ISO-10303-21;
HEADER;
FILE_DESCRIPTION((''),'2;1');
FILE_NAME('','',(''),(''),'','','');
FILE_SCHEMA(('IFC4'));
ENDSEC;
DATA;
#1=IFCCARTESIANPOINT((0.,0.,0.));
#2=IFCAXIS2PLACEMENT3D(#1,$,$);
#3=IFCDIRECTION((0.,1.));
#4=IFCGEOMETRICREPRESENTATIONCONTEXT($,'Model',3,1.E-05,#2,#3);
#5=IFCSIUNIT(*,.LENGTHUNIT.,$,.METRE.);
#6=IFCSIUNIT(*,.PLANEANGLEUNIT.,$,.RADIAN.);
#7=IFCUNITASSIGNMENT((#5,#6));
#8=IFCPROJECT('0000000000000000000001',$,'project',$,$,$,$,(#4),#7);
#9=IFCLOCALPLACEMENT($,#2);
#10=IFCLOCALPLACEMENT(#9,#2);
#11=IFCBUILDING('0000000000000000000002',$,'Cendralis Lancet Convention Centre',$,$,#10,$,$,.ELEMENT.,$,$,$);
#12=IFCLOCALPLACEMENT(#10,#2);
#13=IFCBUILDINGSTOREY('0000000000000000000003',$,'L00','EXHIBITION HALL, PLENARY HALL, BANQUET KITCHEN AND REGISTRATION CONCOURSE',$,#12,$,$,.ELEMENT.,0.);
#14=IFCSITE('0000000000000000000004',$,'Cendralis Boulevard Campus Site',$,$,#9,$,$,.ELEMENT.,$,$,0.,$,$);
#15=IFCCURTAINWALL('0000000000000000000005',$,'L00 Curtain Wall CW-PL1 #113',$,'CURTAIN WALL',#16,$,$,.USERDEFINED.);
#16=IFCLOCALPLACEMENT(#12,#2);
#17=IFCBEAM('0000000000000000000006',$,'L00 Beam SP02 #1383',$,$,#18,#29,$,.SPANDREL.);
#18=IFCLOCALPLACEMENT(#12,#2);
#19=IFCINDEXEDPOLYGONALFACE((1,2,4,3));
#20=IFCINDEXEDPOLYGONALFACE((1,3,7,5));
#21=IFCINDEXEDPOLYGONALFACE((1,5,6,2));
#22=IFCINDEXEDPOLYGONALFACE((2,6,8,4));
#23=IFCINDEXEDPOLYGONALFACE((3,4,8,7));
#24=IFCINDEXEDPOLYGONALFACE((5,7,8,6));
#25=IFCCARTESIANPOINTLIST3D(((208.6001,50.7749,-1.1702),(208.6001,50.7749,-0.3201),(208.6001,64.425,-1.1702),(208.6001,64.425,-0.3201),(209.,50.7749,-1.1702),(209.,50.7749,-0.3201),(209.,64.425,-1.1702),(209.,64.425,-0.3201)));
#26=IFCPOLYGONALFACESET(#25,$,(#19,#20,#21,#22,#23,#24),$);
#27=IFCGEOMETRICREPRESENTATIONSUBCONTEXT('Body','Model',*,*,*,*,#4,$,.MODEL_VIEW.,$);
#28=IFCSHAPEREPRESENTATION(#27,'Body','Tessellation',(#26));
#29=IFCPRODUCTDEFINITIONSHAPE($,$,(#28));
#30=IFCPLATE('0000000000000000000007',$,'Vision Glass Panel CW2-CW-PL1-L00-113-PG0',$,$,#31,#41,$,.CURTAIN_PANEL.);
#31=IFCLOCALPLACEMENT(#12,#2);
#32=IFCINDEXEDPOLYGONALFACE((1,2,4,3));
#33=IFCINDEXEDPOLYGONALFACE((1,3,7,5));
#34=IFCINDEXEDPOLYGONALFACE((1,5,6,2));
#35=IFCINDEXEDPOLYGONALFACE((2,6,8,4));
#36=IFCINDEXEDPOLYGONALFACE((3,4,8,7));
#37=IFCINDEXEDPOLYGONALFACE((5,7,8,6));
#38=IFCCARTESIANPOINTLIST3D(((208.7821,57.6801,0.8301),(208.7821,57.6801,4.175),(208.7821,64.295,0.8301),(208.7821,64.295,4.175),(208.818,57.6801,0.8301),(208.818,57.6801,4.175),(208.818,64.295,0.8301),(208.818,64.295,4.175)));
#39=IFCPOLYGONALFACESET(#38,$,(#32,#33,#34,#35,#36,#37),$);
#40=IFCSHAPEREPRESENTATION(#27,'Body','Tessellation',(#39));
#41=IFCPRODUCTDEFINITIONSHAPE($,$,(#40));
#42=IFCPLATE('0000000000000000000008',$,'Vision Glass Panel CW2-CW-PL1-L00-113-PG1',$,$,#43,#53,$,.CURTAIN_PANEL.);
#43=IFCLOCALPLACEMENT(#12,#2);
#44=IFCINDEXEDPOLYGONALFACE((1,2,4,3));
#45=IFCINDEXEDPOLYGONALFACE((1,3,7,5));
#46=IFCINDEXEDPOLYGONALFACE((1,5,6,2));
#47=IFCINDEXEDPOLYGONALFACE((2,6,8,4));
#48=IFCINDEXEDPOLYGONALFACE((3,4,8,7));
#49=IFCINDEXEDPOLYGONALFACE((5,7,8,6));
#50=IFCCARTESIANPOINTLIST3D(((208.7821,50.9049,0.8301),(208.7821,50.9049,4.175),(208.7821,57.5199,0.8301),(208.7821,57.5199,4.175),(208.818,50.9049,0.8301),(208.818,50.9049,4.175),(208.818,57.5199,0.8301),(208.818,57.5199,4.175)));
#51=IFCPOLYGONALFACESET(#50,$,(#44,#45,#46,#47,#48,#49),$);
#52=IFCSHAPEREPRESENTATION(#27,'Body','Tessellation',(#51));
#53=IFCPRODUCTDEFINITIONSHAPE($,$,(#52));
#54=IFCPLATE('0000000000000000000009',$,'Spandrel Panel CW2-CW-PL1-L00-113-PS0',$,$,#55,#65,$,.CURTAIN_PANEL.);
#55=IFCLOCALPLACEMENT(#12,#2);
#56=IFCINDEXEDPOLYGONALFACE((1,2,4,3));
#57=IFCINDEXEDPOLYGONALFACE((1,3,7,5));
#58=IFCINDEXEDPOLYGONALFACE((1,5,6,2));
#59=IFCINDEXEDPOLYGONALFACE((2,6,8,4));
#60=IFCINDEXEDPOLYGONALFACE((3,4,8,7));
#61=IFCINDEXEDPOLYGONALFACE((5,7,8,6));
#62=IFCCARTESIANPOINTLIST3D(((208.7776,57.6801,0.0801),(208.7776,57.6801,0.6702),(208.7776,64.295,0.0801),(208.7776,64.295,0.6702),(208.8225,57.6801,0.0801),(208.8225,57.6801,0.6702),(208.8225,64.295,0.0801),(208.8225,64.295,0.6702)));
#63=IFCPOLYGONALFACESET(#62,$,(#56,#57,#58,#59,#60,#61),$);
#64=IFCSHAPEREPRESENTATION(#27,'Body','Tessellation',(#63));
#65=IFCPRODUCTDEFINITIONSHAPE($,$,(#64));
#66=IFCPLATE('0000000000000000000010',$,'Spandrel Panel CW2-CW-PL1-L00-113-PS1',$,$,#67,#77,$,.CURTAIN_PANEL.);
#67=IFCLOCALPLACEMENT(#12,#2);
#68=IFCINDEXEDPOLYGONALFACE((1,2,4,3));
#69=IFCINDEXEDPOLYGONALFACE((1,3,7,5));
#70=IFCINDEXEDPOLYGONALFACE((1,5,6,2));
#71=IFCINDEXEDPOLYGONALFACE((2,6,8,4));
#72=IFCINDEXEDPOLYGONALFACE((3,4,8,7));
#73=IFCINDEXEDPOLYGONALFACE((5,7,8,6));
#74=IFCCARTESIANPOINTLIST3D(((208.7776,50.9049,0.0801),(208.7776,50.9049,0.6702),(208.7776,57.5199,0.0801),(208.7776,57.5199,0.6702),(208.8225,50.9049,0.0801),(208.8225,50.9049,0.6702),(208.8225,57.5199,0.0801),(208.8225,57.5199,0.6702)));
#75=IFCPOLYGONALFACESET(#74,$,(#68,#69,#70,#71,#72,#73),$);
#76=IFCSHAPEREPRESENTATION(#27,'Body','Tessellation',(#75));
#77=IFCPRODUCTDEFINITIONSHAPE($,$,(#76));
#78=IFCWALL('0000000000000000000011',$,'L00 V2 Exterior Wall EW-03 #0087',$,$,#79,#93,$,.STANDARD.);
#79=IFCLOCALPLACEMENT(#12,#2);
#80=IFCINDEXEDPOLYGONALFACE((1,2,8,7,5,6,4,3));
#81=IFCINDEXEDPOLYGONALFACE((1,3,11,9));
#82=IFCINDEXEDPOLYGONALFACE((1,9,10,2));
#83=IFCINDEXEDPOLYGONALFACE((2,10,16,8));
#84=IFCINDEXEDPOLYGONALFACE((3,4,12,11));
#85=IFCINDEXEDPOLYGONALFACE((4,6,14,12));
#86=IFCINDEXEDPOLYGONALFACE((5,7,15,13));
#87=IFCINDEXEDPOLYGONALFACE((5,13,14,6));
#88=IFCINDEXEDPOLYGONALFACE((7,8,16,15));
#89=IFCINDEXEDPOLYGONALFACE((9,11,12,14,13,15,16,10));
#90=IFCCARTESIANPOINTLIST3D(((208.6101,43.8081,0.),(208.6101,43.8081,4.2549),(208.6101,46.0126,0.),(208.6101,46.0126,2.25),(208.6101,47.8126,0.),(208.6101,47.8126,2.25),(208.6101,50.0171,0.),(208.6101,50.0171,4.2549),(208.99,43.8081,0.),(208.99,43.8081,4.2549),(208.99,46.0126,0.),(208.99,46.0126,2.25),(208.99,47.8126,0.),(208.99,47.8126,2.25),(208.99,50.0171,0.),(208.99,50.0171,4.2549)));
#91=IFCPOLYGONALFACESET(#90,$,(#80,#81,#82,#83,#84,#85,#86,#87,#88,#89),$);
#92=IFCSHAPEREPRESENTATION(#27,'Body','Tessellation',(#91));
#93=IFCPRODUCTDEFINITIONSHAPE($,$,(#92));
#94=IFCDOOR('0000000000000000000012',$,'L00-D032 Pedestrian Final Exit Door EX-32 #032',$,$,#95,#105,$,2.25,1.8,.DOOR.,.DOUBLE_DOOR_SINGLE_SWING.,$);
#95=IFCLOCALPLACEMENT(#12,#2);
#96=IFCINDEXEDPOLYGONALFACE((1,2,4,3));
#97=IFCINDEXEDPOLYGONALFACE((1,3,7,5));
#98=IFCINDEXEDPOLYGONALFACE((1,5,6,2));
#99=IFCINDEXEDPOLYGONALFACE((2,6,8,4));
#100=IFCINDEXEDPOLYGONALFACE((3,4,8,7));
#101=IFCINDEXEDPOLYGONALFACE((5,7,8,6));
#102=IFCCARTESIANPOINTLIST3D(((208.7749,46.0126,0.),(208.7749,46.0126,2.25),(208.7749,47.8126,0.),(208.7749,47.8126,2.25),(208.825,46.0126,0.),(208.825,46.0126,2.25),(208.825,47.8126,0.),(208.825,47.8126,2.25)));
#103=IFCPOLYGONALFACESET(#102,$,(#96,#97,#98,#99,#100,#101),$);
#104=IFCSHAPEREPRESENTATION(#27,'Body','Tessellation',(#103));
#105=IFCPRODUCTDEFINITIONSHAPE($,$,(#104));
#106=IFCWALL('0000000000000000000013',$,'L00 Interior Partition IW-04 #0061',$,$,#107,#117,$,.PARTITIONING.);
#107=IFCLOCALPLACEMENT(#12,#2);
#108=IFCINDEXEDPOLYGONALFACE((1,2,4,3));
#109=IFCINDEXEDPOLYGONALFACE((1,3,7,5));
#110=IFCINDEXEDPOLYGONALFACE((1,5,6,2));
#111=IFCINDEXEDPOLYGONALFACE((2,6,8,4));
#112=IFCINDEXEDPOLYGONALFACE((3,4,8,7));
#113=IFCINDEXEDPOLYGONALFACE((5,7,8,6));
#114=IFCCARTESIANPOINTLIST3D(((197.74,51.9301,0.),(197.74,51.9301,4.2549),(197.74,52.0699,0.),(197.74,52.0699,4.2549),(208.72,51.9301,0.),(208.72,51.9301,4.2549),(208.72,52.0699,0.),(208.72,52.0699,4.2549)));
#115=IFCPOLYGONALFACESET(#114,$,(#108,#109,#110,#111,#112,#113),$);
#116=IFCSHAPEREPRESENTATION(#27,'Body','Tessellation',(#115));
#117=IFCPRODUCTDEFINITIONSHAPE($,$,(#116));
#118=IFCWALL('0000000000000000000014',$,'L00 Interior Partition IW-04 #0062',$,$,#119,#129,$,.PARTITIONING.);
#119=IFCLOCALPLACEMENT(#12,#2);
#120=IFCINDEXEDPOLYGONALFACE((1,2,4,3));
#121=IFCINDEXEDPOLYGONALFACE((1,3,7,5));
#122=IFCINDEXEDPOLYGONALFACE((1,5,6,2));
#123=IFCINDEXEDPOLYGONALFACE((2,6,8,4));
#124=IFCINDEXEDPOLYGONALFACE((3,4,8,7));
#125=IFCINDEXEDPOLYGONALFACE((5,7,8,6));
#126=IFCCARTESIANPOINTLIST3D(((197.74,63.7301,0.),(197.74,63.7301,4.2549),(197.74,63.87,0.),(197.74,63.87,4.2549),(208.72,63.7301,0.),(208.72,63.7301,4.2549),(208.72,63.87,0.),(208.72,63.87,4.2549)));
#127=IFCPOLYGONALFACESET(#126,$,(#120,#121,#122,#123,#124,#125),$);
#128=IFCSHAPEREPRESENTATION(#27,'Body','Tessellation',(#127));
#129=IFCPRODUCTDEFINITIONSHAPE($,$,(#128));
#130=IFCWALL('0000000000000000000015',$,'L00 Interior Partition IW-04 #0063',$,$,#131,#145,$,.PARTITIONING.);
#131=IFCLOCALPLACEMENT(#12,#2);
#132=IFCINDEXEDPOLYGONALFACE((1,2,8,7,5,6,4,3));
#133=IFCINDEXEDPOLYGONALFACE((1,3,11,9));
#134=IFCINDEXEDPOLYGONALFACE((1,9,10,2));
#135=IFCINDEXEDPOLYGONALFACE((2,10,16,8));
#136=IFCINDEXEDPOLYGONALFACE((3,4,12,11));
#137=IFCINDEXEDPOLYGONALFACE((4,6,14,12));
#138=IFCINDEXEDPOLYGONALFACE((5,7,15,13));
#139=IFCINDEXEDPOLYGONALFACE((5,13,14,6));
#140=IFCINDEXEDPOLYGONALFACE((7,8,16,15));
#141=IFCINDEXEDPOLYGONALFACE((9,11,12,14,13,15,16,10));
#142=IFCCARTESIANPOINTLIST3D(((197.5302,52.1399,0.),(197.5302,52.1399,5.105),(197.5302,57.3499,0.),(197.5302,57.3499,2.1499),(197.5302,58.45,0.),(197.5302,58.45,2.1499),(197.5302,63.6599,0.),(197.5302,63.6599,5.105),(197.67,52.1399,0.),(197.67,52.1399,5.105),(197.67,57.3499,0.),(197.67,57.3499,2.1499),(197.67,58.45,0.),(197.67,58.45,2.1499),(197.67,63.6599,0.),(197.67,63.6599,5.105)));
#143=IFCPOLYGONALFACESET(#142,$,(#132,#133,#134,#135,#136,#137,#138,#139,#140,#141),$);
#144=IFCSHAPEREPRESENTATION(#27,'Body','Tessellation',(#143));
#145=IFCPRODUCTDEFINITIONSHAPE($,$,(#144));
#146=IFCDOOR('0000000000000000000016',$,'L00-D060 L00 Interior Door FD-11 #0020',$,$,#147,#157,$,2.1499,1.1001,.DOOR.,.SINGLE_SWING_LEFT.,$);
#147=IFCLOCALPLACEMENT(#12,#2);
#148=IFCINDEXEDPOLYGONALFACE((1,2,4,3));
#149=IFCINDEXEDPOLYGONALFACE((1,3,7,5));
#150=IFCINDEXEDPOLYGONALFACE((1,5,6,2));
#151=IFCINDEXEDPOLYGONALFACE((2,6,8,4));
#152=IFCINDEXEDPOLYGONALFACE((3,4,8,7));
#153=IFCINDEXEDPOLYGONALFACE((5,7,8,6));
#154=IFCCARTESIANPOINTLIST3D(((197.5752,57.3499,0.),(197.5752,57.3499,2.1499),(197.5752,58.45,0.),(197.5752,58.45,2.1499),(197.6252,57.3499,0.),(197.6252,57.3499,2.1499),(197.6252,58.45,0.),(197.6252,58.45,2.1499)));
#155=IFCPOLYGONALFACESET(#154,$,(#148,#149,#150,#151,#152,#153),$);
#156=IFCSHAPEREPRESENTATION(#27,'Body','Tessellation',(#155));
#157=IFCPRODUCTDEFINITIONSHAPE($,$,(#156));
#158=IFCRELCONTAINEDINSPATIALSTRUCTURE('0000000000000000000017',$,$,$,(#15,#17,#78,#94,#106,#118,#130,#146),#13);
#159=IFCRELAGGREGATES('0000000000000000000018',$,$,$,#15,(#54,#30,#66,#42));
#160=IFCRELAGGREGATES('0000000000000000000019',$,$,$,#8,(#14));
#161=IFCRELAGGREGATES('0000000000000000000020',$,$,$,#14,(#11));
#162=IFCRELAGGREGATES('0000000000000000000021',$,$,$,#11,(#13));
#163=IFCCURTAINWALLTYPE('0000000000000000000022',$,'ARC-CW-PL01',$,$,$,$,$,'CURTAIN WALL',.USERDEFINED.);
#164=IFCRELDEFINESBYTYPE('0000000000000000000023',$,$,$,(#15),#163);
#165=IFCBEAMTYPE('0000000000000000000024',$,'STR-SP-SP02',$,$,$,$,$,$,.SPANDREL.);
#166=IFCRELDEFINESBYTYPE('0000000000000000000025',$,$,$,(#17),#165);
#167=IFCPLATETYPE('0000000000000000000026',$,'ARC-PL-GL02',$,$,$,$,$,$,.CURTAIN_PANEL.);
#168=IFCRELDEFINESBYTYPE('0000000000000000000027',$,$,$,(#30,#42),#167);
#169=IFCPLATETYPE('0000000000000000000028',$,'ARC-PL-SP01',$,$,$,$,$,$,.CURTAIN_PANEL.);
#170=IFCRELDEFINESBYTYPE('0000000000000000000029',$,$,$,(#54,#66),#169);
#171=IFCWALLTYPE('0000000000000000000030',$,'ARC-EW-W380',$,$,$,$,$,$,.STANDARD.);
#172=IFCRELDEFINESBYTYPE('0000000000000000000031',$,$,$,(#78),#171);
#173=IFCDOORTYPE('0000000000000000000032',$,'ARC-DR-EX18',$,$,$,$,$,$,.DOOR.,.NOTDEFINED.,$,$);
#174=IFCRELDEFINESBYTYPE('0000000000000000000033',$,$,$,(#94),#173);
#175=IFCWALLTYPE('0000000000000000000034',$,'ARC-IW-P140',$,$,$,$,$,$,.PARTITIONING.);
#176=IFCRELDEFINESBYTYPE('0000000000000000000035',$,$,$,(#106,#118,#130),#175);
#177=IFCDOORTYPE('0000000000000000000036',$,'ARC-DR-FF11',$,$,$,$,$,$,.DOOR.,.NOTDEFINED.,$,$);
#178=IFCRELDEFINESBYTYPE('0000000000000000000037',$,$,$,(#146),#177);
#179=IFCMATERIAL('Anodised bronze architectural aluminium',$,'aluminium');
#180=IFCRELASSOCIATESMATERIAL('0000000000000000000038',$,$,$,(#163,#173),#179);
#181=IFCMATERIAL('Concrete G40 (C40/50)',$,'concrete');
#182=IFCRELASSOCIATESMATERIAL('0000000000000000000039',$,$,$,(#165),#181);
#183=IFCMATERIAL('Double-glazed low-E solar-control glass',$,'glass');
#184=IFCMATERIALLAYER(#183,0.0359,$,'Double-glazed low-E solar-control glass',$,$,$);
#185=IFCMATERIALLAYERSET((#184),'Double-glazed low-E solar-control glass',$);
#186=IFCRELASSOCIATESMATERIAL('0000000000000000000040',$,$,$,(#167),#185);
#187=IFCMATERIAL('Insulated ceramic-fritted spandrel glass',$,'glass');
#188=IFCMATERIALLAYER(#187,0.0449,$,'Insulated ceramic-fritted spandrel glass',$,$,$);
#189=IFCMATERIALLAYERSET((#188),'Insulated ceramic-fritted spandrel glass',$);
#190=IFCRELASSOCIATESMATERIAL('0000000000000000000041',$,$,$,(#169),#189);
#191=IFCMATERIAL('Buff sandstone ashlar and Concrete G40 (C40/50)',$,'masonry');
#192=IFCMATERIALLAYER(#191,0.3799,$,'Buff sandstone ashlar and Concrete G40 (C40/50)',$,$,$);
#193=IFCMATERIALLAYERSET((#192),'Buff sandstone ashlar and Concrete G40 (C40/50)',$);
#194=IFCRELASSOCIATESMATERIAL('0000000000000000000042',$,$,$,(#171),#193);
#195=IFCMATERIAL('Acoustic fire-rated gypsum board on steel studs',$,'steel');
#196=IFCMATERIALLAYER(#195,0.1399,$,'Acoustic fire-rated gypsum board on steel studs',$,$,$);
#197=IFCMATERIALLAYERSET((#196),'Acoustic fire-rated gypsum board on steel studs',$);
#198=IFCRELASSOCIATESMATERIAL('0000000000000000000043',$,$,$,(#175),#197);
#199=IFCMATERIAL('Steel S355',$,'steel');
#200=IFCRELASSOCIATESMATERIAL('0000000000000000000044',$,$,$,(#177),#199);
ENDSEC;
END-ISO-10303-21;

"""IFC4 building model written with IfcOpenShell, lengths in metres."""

from ifc_helpers import new_model, si_unit, direction, frame, frame_2d, origin, origin_2d, place, context, subcontext, project, spatial, rectangle, extrude, material, layer, layer_set, material_profile, profile_set, type_object, element, fill, aggregate, save


model = new_model("IFC4")

# Units and contexts
model_context = context("Model", 3, precision=1e-05, world=origin(), true_north=direction((0.0, 1.0)))
body_context = subcontext(model_context, "Body", "Model", "MODEL_VIEW")
ifc_project = project(units=[si_unit("LENGTHUNIT", "METRE"), si_unit("PLANEANGLEUNIT", "RADIAN")], contexts=[model_context])

# Site, building, storey
site_placement = place(None, origin())
site = spatial("IfcSite", under=ifc_project, at=site_placement, Name="Cendralis Boulevard Campus Site", CompositionType="ELEMENT", RefElevation=0.0)
building_placement = place(site_placement, origin())
building = spatial("IfcBuilding", under=site, at=building_placement, Name="Cendralis Lancet Convention Centre", CompositionType="ELEMENT")
storey_placement = place(building_placement, origin())
storey = spatial("IfcBuildingStorey", under=building, at=storey_placement, Name="L00", Description="EXHIBITION HALL, PLENARY HALL, BANQUET KITCHEN AND REGISTRATION CONCOURSE", CompositionType="ELEMENT", Elevation=0.0)

# Shared definitions
ifc_material_1 = material(Name="Concrete G40 (C40/50)", Category="concrete")

# Curtain wall
ifc_material_2 = material(Name="Anodised bronze architectural aluminium", Category="aluminium")
curtain_wall_type = type_object("IfcCurtainWallType", Name="ARC-CW-PL01", ElementType="CURTAIN WALL", PredefinedType="USERDEFINED", material=ifc_material_2)
curtain_wall_placement = place(storey_placement, origin())
curtain_wall = element("IfcCurtainWall", 1, at=curtain_wall_placement, inside=storey, type_object=curtain_wall_type, Name="L00 Curtain Wall CW-PL1 #113", ObjectType="CURTAIN WALL", PredefinedType="USERDEFINED")

# Beam
ifc_material_3 = material(Name="Steel S355", Category="steel")
ifc_material_profile_1 = material_profile(ifc_material_1, rectangle(XDim=0.3999, YDim=0.8501, at=origin_2d()), Name="RCB 400x850")
ifc_profile_set_1 = profile_set([ifc_material_profile_1], Name="Concrete G40 (C40/50)")
beam_type_1 = type_object("IfcBeamType", Name="STR-SP-SP02", PredefinedType="SPANDREL", material=ifc_profile_set_1)
beam_1_placement = place(storey_placement, frame((208.8, 50.7749, -0.7451), z_axis=(0.0, 1.0, 0.0), x_axis=(-1.0, 0.0, 0.0)))
element("IfcBeam", 2, at=beam_1_placement, inside=storey, type_object=beam_type_1, Name="L00 Beam SP02 #1383", PredefinedType="SPANDREL", context=body_context, shape_type="SweptSolid", body=[
    extrude(rectangle(XDim=0.3999, YDim=0.8501, at=origin_2d()), origin(), (0.0, 0.0, 1.0), 13.6501),
])

# Plates
ifc_material_4 = material(Name="Double-glazed low-E solar-control glass", Category="glass")
ifc_layer_1 = layer(ifc_material_4, 0.0359, Name="Double-glazed low-E solar-control glass")
ifc_layer_set_1 = layer_set([ifc_layer_1], Name="Double-glazed low-E solar-control glass")
plate_type_1 = type_object("IfcPlateType", Name="ARC-PL-GL02", PredefinedType="CURTAIN_PANEL", material=ifc_layer_set_1)
plate_1_placement = place(storey_placement, frame((208.8, 60.9875, 0.8301), z_axis=(0.0, 0.0, 1.0), x_axis=(0.0, -1.0, 0.0)))
plate_1 = element("IfcPlate", 3, at=plate_1_placement, type_object=plate_type_1, Name="Vision Glass Panel CW2-CW-PL1-L00-113-PG0", PredefinedType="CURTAIN_PANEL", context=body_context, shape_type="SweptSolid", body=[
    extrude(rectangle(XDim=6.615, YDim=0.0359, at=origin_2d()), origin(), (0.0, 0.0, 1.0), 3.345),
])
plate_2_placement = place(storey_placement, frame((208.8, 54.2124, 0.8301), z_axis=(0.0, 0.0, 1.0), x_axis=(0.0, -1.0, 0.0)))
plate_2 = element("IfcPlate", 4, at=plate_2_placement, type_object=plate_type_1, Name="Vision Glass Panel CW2-CW-PL1-L00-113-PG1", PredefinedType="CURTAIN_PANEL", context=body_context, shape_type="SweptSolid", body=[
    extrude(rectangle(XDim=6.615, YDim=0.0359, at=origin_2d()), origin(), (0.0, 0.0, 1.0), 3.345),
])
ifc_material_5 = material(Name="Insulated ceramic-fritted spandrel glass", Category="glass")
ifc_layer_2 = layer(ifc_material_5, 0.0449, Name="Insulated ceramic-fritted spandrel glass")
ifc_layer_set_2 = layer_set([ifc_layer_2], Name="Insulated ceramic-fritted spandrel glass")
plate_type_2 = type_object("IfcPlateType", Name="ARC-PL-SP01", PredefinedType="CURTAIN_PANEL", material=ifc_layer_set_2)
plate_3_placement = place(storey_placement, frame((208.8, 60.9875, 0.0801), z_axis=(0.0, 0.0, 1.0), x_axis=(0.0, -1.0, 0.0)))
plate_3 = element("IfcPlate", 5, at=plate_3_placement, type_object=plate_type_2, Name="Spandrel Panel CW2-CW-PL1-L00-113-PS0", PredefinedType="CURTAIN_PANEL", context=body_context, shape_type="SweptSolid", body=[
    extrude(rectangle(XDim=6.615, YDim=0.0449, at=origin_2d()), origin(), (0.0, 0.0, 1.0), 0.5901),
])
plate_4_placement = place(storey_placement, frame((208.8, 54.2124, 0.0801), z_axis=(0.0, 0.0, 1.0), x_axis=(0.0, -1.0, 0.0)))
plate_4 = element("IfcPlate", 6, at=plate_4_placement, type_object=plate_type_2, Name="Spandrel Panel CW2-CW-PL1-L00-113-PS1", PredefinedType="CURTAIN_PANEL", context=body_context, shape_type="SweptSolid", body=[
    extrude(rectangle(XDim=6.615, YDim=0.0449, at=origin_2d()), origin(), (0.0, 0.0, 1.0), 0.5901),
])
aggregate(curtain_wall, [plate_3, plate_1, plate_4, plate_2])

# Wall, opening, door
ifc_material_6 = material(Name="Buff sandstone ashlar and Concrete G40 (C40/50)", Category="masonry")
ifc_layer_3 = layer(ifc_material_6, 0.3799, Name="Buff sandstone ashlar and Concrete G40 (C40/50)")
ifc_layer_set_3 = layer_set([ifc_layer_3], Name="Buff sandstone ashlar and Concrete G40 (C40/50)")
wall_type_1 = type_object("IfcWallType", Name="ARC-EW-W380", PredefinedType="STANDARD", material=ifc_layer_set_3)
wall_1_placement = place(storey_placement, frame((208.8, 50.0171, 0.0), z_axis=(0.0, 0.0, 1.0), x_axis=(0.0, -1.0, 0.0)))
wall_1 = element("IfcWall", 7, at=wall_1_placement, inside=storey, type_object=wall_type_1, Name="L00 V2 Exterior Wall EW-03 #0087", PredefinedType="STANDARD", context=body_context, shape_type="SweptSolid", body=[
    extrude(rectangle(XDim=6.209, YDim=0.3799, at=frame_2d((3.1045, 0.0))), origin(), (0.0, 0.0, 1.0), 4.2549),
])
opening_1_placement = place(wall_1_placement, frame((2.2046, 0.0, 0.0)))
opening_1 = element("IfcOpeningElement", 8, at=opening_1_placement, cuts=wall_1, PredefinedType="OPENING", context=body_context, shape_type="SweptSolid", body=[
    extrude(rectangle(XDim=1.8, YDim=2.25, at=frame_2d((0.8999, 1.125))), frame((0.0, 0.2, 0.0), z_axis=(0.0, -1.0, 0.0), x_axis=(1.0, 0.0, 0.0)), (0.0, 0.0, 1.0), 0.3999),
])
door_type_1 = type_object("IfcDoorType", Name="ARC-DR-EX18", OperationType="NOTDEFINED", PredefinedType="DOOR", material=ifc_material_2)
door_1_placement = place(opening_1_placement, origin())
door_1 = element("IfcDoor", 9, at=door_1_placement, inside=storey, type_object=door_type_1, Name="L00-D032 Pedestrian Final Exit Door EX-32 #032", OperationType="DOUBLE_DOOR_SINGLE_SWING", OverallHeight=2.25, OverallWidth=1.8, PredefinedType="DOOR", context=body_context, shape_type="SweptSolid", body=[
    extrude(rectangle(XDim=1.8, YDim=2.25, at=frame_2d((0.8999, 1.125))), frame((0.0, 0.0249, 0.0), z_axis=(0.0, -1.0, 0.0), x_axis=(1.0, 0.0, 0.0)), (0.0, 0.0, 1.0), 0.05),
])
fill(opening_1, door_1)

# Walls
ifc_material_7 = material(Name="Acoustic fire-rated gypsum board on steel studs", Category="steel")
ifc_layer_4 = layer(ifc_material_7, 0.1399, Name="Acoustic fire-rated gypsum board on steel studs")
ifc_layer_set_4 = layer_set([ifc_layer_4], Name="Acoustic fire-rated gypsum board on steel studs")
wall_type_2 = type_object("IfcWallType", Name="ARC-IW-P140", PredefinedType="PARTITIONING", material=ifc_layer_set_4)
for number, where, z_axis, x_axis, name in (
    (10, (197.74, 52.0, 0.0), (0.0, 0.0, 1.0), (1.0, 0.0, 0.0), "L00 Interior Partition IW-04 #0061"),
    (11, (197.74, 63.8, 0.0), (0.0, 0.0, 1.0), (1.0, 0.0, 0.0), "L00 Interior Partition IW-04 #0062"),
):
    element("IfcWall", number, at=place(storey_placement, frame(where, z_axis=z_axis, x_axis=x_axis)), inside=storey, type_object=wall_type_2, Name=name, PredefinedType="PARTITIONING", context=body_context, shape_type="SweptSolid", body=[
        extrude(rectangle(XDim=10.98, YDim=0.1399, at=frame_2d((5.49, 0.0))), origin(), (0.0, 0.0, 1.0), 4.2549),
    ])

# Wall, opening, door
wall_2_placement = place(storey_placement, frame((197.6001, 52.1399, 0.0), z_axis=(0.0, 0.0, 1.0), x_axis=(0.0, 1.0, 0.0)))
wall_2 = element("IfcWall", 12, at=wall_2_placement, inside=storey, type_object=wall_type_2, Name="L00 Interior Partition IW-04 #0063", PredefinedType="PARTITIONING", context=body_context, shape_type="SweptSolid", body=[
    extrude(rectangle(XDim=11.52, YDim=0.1399, at=frame_2d((5.76, 0.0))), origin(), (0.0, 0.0, 1.0), 5.105),
])
opening_2_placement = place(wall_2_placement, frame((5.21, 0.0, 0.0)))
opening_2 = element("IfcOpeningElement", 13, at=opening_2_placement, cuts=wall_2, PredefinedType="OPENING", context=body_context, shape_type="SweptSolid", body=[
    extrude(rectangle(XDim=1.1001, YDim=2.1499, at=frame_2d((0.55, 1.075))), frame((0.0, 0.0798, 0.0), z_axis=(0.0, -1.0, 0.0), x_axis=(1.0, 0.0, 0.0)), (0.0, 0.0, 1.0), 0.1599),
])
door_type_2 = type_object("IfcDoorType", Name="ARC-DR-FF11", OperationType="NOTDEFINED", PredefinedType="DOOR", material=ifc_material_3)
door_2_placement = place(opening_2_placement, origin())
door_2 = element("IfcDoor", 14, at=door_2_placement, inside=storey, type_object=door_type_2, Name="L00-D060 L00 Interior Door FD-11 #0020", OperationType="SINGLE_SWING_LEFT", OverallHeight=2.1499, OverallWidth=1.1001, PredefinedType="DOOR", context=body_context, shape_type="SweptSolid", body=[
    extrude(rectangle(XDim=1.1001, YDim=2.1499, at=frame_2d((0.55, 1.075))), frame((0.0, 0.0249, 0.0), z_axis=(0.0, -1.0, 0.0), x_axis=(1.0, 0.0, 0.0)), (0.0, 0.0, 1.0), 0.05),
])
fill(opening_2, door_2)

save(model, "model.ifc")
